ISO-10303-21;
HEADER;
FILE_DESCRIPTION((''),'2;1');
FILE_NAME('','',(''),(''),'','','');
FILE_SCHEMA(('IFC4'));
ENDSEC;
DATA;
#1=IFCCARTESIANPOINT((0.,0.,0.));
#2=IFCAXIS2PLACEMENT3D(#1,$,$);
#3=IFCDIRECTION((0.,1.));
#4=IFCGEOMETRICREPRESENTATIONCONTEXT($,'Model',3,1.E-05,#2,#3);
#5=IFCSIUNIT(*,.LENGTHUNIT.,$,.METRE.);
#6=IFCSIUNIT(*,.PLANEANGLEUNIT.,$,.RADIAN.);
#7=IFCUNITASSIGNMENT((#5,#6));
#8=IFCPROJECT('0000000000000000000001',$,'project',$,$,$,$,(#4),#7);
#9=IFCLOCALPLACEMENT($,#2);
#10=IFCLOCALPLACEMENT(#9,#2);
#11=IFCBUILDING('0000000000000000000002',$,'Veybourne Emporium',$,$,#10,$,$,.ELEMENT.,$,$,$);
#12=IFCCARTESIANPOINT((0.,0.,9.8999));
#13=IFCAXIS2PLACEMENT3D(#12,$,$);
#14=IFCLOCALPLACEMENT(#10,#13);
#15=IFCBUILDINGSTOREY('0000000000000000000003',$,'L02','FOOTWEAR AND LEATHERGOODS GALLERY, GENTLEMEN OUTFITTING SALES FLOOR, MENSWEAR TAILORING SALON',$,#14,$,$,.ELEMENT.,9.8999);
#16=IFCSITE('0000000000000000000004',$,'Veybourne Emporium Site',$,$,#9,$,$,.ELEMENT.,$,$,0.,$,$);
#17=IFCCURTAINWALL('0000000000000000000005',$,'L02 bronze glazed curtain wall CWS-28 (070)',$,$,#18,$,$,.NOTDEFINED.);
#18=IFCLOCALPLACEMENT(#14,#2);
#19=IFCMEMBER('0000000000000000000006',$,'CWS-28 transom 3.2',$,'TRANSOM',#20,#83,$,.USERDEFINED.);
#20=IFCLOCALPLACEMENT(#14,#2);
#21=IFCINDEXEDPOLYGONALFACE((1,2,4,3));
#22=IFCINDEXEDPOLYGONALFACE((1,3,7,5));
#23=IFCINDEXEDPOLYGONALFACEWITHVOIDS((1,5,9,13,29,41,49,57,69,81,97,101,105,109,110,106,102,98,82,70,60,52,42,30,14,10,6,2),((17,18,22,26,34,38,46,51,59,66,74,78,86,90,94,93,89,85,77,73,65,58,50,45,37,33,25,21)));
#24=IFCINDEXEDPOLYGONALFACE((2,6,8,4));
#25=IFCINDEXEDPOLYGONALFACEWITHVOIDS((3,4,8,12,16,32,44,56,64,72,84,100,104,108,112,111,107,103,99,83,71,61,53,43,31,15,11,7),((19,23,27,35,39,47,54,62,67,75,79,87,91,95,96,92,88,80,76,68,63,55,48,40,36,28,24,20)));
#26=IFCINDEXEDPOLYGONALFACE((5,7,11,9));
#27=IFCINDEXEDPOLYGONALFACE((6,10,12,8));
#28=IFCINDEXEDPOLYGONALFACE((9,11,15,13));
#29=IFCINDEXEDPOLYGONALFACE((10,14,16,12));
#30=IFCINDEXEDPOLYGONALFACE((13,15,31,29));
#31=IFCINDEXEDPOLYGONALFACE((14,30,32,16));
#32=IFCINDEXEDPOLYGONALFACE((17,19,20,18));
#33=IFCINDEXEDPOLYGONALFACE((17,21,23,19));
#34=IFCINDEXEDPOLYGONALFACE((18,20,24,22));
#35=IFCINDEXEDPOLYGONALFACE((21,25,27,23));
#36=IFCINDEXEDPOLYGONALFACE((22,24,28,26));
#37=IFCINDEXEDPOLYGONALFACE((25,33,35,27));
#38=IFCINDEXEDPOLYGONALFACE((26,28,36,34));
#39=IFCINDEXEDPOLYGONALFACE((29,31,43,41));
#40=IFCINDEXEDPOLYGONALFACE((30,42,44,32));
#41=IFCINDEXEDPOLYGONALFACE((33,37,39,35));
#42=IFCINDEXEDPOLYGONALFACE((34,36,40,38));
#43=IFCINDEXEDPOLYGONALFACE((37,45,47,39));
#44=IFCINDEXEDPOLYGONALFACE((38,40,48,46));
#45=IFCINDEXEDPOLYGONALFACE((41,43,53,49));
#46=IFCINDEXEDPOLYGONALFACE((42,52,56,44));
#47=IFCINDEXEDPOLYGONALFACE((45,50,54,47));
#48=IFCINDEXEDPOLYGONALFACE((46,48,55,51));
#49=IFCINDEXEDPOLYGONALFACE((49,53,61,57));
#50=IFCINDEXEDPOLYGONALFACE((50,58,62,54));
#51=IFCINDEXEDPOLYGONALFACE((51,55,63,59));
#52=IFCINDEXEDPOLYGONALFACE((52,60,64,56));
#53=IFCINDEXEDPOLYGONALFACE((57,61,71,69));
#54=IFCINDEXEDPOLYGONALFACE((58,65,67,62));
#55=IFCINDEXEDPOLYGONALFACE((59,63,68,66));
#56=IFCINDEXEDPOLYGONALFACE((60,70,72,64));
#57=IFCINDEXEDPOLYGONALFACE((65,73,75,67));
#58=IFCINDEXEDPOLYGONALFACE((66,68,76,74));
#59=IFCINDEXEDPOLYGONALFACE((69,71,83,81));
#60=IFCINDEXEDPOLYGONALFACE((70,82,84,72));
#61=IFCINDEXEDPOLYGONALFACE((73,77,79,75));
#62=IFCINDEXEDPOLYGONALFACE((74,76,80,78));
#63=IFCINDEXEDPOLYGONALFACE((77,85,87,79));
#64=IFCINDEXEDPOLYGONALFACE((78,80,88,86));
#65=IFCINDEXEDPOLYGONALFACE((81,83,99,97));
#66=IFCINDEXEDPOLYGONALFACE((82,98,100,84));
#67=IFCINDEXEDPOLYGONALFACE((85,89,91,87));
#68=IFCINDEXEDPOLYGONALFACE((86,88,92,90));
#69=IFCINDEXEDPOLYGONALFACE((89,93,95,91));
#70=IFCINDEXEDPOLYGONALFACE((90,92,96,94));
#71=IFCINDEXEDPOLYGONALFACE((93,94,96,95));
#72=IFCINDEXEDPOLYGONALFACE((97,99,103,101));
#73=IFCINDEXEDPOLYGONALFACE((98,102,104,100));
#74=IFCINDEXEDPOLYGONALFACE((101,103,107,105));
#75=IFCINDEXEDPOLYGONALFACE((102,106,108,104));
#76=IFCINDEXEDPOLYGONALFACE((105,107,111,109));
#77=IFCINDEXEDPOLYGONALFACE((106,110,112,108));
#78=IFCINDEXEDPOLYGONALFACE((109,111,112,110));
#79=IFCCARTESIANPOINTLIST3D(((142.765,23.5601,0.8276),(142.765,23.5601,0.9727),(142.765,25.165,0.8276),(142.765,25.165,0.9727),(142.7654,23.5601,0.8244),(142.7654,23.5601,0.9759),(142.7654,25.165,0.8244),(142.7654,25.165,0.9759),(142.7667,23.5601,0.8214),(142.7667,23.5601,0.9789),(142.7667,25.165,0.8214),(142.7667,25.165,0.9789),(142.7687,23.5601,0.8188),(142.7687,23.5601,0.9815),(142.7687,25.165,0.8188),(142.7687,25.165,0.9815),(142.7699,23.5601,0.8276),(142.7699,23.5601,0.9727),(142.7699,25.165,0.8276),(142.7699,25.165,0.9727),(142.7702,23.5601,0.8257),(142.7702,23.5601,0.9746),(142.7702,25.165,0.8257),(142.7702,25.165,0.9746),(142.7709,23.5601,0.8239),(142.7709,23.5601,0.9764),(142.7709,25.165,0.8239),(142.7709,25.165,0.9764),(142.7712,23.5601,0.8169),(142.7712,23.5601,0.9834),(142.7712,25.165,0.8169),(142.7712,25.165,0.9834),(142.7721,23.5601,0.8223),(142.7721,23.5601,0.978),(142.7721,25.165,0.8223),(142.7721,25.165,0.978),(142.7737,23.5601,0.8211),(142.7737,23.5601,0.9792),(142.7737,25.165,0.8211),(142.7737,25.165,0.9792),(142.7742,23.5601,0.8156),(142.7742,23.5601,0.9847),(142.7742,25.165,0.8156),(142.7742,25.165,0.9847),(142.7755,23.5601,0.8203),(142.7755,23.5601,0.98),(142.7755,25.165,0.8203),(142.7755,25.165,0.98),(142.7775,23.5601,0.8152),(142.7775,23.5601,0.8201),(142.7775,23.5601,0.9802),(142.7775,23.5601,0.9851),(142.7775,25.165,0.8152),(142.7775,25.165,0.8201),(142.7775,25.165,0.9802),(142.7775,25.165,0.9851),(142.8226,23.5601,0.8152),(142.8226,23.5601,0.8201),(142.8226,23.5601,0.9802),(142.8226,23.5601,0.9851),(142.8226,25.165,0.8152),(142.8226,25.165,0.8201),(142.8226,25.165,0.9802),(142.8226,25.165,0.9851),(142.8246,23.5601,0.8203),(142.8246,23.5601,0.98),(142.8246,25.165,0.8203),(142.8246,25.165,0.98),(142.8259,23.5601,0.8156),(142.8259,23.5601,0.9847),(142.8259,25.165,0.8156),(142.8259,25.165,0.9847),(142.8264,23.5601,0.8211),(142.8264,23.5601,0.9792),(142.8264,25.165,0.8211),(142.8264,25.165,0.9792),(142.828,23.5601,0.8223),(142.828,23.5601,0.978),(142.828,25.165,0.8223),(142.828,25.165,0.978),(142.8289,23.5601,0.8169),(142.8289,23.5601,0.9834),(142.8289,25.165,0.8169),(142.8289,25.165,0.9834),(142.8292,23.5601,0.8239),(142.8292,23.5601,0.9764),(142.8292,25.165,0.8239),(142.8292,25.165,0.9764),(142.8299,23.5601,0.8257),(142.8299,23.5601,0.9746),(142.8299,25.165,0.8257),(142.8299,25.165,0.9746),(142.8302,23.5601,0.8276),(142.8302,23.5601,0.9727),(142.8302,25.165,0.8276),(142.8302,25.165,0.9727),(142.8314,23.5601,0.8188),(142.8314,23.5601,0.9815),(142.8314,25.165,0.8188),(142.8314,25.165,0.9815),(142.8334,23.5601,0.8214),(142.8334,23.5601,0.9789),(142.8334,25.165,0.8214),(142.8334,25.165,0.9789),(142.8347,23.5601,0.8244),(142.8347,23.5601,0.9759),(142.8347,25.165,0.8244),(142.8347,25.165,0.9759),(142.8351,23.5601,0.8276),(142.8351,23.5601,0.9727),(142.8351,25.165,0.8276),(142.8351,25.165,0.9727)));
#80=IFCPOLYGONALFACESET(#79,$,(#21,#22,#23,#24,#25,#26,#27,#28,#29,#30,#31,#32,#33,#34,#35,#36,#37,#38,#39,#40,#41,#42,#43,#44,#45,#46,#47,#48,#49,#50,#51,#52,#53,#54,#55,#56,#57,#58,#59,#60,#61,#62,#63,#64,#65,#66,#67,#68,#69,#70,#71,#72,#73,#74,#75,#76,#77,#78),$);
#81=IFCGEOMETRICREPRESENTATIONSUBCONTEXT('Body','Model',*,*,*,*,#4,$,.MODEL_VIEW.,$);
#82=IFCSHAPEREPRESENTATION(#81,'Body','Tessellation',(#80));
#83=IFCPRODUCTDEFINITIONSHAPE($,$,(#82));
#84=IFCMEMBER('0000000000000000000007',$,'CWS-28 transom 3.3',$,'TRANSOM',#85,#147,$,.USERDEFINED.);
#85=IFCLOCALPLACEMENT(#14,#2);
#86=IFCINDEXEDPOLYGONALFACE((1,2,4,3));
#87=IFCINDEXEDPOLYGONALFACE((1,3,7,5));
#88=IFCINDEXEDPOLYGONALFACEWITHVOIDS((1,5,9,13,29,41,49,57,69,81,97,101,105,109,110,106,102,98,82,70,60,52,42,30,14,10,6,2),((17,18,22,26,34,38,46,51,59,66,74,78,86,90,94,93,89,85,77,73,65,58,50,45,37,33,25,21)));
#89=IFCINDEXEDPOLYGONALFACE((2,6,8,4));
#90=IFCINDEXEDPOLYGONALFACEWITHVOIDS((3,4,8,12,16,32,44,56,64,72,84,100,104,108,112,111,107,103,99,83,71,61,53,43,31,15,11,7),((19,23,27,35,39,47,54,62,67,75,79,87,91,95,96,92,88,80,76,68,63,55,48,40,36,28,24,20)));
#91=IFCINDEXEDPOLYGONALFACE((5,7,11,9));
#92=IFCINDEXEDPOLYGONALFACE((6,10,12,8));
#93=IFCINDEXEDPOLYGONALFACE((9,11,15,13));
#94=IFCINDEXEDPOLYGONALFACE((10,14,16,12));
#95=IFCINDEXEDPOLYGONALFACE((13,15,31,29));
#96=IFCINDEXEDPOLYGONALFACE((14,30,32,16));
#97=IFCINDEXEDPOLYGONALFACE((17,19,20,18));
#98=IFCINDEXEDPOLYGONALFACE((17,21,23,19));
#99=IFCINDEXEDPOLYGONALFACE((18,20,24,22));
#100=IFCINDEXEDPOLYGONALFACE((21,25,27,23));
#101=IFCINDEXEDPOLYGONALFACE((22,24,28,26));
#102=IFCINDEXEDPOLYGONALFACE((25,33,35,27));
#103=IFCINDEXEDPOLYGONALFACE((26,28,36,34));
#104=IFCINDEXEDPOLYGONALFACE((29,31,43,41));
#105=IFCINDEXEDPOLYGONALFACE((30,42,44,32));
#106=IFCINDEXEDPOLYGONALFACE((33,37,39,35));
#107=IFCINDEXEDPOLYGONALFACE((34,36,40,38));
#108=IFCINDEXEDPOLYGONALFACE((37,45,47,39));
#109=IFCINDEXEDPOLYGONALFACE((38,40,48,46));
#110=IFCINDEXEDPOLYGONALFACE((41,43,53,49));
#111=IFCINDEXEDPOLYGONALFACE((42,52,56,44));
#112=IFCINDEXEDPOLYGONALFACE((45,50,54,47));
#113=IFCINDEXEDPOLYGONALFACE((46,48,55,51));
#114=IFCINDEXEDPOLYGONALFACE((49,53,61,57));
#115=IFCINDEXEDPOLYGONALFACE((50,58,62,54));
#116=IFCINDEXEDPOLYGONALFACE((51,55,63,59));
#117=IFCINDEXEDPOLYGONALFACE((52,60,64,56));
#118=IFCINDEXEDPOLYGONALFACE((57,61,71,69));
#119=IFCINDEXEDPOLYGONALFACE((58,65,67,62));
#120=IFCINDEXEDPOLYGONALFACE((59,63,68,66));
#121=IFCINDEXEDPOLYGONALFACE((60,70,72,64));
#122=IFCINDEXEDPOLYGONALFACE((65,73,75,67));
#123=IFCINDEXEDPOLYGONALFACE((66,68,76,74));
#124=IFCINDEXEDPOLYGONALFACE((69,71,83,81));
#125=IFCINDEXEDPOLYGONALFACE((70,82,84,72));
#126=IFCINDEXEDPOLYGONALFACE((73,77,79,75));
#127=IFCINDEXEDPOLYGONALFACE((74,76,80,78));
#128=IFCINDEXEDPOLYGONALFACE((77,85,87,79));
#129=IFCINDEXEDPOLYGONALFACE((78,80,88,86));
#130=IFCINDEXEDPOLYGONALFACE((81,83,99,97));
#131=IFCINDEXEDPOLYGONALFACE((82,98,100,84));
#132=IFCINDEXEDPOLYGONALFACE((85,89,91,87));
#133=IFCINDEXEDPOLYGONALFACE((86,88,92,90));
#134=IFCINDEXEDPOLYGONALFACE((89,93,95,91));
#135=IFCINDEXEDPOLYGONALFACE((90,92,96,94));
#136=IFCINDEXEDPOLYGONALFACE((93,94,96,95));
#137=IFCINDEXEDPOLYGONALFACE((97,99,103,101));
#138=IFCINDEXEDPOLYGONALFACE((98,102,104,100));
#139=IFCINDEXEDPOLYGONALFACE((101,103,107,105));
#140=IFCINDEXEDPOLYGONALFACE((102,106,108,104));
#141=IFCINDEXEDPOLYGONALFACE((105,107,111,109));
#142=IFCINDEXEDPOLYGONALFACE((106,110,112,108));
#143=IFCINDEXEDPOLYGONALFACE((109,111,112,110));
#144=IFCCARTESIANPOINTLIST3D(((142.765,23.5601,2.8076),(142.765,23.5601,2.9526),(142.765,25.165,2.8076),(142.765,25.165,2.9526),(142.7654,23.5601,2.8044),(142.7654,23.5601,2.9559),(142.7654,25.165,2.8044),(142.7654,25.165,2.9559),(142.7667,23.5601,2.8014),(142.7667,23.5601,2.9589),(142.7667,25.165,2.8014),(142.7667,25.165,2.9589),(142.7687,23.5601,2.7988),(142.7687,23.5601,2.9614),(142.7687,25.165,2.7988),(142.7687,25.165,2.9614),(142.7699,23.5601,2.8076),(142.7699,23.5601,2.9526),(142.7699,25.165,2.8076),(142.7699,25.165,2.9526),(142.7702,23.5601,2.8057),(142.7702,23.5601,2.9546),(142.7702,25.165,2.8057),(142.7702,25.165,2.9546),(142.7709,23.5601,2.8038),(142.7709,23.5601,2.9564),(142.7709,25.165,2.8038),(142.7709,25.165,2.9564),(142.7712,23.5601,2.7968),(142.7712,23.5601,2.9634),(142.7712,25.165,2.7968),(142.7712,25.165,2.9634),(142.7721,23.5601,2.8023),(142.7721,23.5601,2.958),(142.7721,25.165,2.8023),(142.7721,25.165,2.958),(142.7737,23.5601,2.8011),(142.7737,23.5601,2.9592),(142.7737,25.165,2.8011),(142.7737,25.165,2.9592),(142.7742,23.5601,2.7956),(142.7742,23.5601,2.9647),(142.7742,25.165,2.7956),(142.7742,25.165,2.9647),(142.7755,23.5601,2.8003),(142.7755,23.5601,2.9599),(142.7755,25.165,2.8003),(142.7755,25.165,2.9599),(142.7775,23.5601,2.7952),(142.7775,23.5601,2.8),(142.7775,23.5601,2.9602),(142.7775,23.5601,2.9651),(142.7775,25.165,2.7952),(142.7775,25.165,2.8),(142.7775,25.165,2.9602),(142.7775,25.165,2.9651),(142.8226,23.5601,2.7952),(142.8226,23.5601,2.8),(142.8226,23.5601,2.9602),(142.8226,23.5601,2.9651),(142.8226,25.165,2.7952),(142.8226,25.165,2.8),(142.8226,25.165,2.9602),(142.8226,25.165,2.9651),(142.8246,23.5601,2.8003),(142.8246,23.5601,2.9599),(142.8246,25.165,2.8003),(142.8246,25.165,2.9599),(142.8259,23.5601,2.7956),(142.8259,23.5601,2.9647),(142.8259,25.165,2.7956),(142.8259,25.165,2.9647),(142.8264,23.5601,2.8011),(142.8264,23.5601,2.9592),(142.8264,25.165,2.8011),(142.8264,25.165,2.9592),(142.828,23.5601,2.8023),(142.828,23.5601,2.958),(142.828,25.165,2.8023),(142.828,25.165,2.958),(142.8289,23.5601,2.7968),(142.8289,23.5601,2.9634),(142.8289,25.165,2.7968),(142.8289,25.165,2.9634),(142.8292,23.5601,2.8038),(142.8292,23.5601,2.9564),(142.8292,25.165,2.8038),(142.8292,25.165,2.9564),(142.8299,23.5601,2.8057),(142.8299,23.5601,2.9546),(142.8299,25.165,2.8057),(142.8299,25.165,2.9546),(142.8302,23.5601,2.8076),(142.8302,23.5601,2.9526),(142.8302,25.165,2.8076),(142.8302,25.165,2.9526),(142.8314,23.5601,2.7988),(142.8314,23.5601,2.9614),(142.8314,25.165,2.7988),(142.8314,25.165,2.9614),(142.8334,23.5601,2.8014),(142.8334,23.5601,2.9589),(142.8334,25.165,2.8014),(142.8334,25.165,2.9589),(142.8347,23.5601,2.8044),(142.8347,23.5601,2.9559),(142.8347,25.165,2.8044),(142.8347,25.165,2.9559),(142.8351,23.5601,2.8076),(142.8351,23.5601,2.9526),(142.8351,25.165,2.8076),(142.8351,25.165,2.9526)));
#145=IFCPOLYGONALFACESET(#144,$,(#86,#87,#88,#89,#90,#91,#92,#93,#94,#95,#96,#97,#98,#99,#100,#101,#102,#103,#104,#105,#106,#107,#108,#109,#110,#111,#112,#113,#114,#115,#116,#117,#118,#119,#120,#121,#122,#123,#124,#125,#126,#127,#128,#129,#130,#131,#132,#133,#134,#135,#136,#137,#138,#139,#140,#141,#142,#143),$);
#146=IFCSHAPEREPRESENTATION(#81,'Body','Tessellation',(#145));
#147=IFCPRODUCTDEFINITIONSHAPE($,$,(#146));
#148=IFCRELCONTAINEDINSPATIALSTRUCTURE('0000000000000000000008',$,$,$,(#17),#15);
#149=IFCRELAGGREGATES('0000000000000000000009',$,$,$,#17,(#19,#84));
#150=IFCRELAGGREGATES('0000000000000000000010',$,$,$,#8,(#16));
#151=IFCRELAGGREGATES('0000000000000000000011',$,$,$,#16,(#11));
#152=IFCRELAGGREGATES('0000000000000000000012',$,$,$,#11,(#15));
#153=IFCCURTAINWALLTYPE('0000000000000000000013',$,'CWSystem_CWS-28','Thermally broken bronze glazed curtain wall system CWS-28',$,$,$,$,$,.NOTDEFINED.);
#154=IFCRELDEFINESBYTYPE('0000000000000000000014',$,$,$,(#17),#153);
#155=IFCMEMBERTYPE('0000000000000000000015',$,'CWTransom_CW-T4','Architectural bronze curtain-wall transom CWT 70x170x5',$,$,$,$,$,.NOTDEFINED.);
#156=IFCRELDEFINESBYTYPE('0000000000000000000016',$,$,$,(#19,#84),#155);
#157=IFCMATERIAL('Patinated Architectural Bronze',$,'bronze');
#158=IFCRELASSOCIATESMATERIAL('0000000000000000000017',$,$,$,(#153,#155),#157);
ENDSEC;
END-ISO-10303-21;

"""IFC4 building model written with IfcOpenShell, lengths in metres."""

from ifc_helpers import new_model, si_unit, direction, frame, origin, origin_2d, place, context, subcontext, project, spatial, hollow_rectangle, extrude, material, material_profile, profile_set, type_object, element, aggregate, save


model = new_model("IFC4")

# Units and contexts
model_context = context("Model", 3, precision=1e-05, world=origin(), true_north=direction((0.0, 1.0)))
body_context = subcontext(model_context, "Body", "Model", "MODEL_VIEW")
ifc_project = project(units=[si_unit("LENGTHUNIT", "METRE"), si_unit("PLANEANGLEUNIT", "RADIAN")], contexts=[model_context])

# Site, building, storey
site_placement = place(None, origin())
site = spatial("IfcSite", under=ifc_project, at=site_placement, Name="Veybourne Emporium Site", CompositionType="ELEMENT", RefElevation=0.0)
building_placement = place(site_placement, origin())
building = spatial("IfcBuilding", under=site, at=building_placement, Name="Veybourne Emporium", CompositionType="ELEMENT")
storey_placement = place(building_placement, frame((0.0, 0.0, 9.8999)))
storey = spatial("IfcBuildingStorey", under=building, at=storey_placement, Name="L02", Description="FOOTWEAR AND LEATHERGOODS GALLERY, GENTLEMEN OUTFITTING SALES FLOOR, MENSWEAR TAILORING SALON", CompositionType="ELEMENT", Elevation=9.8999)

# Curtain wall, members
ifc_material_1 = material(Name="Patinated Architectural Bronze", Category="bronze")
curtain_wall_type = type_object("IfcCurtainWallType", Name="CWSystem_CWS-28", Description="Thermally broken bronze glazed curtain wall system CWS-28", PredefinedType="NOTDEFINED", material=ifc_material_1)
curtain_wall_placement = place(storey_placement, origin())
curtain_wall = element("IfcCurtainWall", 1, at=curtain_wall_placement, inside=storey, type_object=curtain_wall_type, Name="L02 bronze glazed curtain wall CWS-28 (070)", PredefinedType="NOTDEFINED")
ifc_material_profile_1 = material_profile(ifc_material_1, hollow_rectangle(XDim=0.0701, YDim=0.1699, WallThickness=0.0049, InnerFilletRadius=0.0076, OuterFilletRadius=0.0125, at=origin_2d()), Name="CWT 70x170x5")
ifc_profile_set_1 = profile_set([ifc_material_profile_1], Name="Patinated Architectural Bronze")
member_type_1 = type_object("IfcMemberType", Name="CWTransom_CW-T4", Description="Architectural bronze curtain-wall transom CWT 70x170x5", PredefinedType="NOTDEFINED", material=ifc_profile_set_1)
member_1_placement = place(storey_placement, frame((142.8, 25.165, 0.9001), z_axis=(0.0, -1.0, 0.0), x_axis=(1.0, 0.0, 0.0)))
member_1 = element("IfcMember", 2, at=member_1_placement, type_object=member_type_1, Name="CWS-28 transom 3.2", ObjectType="TRANSOM", PredefinedType="USERDEFINED", context=body_context, shape_type="SweptSolid", body=[
    extrude(hollow_rectangle(XDim=0.0701, YDim=0.1699, WallThickness=0.0049, InnerFilletRadius=0.0076, OuterFilletRadius=0.0125, at=origin_2d()), origin(), (0.0, 0.0, 1.0), 1.605),
])
member_2_placement = place(storey_placement, frame((142.8, 25.165, 2.8801), z_axis=(0.0, -1.0, 0.0), x_axis=(1.0, 0.0, 0.0)))
member_2 = element("IfcMember", 3, at=member_2_placement, type_object=member_type_1, Name="CWS-28 transom 3.3", ObjectType="TRANSOM", PredefinedType="USERDEFINED", context=body_context, shape_type="SweptSolid", body=[
    extrude(hollow_rectangle(XDim=0.0701, YDim=0.1699, WallThickness=0.0049, InnerFilletRadius=0.0076, OuterFilletRadius=0.0125, at=origin_2d()), origin(), (0.0, 0.0, 1.0), 1.605),
])

aggregate(curtain_wall, [member_1, member_2])

save(model, "model.ifc")
